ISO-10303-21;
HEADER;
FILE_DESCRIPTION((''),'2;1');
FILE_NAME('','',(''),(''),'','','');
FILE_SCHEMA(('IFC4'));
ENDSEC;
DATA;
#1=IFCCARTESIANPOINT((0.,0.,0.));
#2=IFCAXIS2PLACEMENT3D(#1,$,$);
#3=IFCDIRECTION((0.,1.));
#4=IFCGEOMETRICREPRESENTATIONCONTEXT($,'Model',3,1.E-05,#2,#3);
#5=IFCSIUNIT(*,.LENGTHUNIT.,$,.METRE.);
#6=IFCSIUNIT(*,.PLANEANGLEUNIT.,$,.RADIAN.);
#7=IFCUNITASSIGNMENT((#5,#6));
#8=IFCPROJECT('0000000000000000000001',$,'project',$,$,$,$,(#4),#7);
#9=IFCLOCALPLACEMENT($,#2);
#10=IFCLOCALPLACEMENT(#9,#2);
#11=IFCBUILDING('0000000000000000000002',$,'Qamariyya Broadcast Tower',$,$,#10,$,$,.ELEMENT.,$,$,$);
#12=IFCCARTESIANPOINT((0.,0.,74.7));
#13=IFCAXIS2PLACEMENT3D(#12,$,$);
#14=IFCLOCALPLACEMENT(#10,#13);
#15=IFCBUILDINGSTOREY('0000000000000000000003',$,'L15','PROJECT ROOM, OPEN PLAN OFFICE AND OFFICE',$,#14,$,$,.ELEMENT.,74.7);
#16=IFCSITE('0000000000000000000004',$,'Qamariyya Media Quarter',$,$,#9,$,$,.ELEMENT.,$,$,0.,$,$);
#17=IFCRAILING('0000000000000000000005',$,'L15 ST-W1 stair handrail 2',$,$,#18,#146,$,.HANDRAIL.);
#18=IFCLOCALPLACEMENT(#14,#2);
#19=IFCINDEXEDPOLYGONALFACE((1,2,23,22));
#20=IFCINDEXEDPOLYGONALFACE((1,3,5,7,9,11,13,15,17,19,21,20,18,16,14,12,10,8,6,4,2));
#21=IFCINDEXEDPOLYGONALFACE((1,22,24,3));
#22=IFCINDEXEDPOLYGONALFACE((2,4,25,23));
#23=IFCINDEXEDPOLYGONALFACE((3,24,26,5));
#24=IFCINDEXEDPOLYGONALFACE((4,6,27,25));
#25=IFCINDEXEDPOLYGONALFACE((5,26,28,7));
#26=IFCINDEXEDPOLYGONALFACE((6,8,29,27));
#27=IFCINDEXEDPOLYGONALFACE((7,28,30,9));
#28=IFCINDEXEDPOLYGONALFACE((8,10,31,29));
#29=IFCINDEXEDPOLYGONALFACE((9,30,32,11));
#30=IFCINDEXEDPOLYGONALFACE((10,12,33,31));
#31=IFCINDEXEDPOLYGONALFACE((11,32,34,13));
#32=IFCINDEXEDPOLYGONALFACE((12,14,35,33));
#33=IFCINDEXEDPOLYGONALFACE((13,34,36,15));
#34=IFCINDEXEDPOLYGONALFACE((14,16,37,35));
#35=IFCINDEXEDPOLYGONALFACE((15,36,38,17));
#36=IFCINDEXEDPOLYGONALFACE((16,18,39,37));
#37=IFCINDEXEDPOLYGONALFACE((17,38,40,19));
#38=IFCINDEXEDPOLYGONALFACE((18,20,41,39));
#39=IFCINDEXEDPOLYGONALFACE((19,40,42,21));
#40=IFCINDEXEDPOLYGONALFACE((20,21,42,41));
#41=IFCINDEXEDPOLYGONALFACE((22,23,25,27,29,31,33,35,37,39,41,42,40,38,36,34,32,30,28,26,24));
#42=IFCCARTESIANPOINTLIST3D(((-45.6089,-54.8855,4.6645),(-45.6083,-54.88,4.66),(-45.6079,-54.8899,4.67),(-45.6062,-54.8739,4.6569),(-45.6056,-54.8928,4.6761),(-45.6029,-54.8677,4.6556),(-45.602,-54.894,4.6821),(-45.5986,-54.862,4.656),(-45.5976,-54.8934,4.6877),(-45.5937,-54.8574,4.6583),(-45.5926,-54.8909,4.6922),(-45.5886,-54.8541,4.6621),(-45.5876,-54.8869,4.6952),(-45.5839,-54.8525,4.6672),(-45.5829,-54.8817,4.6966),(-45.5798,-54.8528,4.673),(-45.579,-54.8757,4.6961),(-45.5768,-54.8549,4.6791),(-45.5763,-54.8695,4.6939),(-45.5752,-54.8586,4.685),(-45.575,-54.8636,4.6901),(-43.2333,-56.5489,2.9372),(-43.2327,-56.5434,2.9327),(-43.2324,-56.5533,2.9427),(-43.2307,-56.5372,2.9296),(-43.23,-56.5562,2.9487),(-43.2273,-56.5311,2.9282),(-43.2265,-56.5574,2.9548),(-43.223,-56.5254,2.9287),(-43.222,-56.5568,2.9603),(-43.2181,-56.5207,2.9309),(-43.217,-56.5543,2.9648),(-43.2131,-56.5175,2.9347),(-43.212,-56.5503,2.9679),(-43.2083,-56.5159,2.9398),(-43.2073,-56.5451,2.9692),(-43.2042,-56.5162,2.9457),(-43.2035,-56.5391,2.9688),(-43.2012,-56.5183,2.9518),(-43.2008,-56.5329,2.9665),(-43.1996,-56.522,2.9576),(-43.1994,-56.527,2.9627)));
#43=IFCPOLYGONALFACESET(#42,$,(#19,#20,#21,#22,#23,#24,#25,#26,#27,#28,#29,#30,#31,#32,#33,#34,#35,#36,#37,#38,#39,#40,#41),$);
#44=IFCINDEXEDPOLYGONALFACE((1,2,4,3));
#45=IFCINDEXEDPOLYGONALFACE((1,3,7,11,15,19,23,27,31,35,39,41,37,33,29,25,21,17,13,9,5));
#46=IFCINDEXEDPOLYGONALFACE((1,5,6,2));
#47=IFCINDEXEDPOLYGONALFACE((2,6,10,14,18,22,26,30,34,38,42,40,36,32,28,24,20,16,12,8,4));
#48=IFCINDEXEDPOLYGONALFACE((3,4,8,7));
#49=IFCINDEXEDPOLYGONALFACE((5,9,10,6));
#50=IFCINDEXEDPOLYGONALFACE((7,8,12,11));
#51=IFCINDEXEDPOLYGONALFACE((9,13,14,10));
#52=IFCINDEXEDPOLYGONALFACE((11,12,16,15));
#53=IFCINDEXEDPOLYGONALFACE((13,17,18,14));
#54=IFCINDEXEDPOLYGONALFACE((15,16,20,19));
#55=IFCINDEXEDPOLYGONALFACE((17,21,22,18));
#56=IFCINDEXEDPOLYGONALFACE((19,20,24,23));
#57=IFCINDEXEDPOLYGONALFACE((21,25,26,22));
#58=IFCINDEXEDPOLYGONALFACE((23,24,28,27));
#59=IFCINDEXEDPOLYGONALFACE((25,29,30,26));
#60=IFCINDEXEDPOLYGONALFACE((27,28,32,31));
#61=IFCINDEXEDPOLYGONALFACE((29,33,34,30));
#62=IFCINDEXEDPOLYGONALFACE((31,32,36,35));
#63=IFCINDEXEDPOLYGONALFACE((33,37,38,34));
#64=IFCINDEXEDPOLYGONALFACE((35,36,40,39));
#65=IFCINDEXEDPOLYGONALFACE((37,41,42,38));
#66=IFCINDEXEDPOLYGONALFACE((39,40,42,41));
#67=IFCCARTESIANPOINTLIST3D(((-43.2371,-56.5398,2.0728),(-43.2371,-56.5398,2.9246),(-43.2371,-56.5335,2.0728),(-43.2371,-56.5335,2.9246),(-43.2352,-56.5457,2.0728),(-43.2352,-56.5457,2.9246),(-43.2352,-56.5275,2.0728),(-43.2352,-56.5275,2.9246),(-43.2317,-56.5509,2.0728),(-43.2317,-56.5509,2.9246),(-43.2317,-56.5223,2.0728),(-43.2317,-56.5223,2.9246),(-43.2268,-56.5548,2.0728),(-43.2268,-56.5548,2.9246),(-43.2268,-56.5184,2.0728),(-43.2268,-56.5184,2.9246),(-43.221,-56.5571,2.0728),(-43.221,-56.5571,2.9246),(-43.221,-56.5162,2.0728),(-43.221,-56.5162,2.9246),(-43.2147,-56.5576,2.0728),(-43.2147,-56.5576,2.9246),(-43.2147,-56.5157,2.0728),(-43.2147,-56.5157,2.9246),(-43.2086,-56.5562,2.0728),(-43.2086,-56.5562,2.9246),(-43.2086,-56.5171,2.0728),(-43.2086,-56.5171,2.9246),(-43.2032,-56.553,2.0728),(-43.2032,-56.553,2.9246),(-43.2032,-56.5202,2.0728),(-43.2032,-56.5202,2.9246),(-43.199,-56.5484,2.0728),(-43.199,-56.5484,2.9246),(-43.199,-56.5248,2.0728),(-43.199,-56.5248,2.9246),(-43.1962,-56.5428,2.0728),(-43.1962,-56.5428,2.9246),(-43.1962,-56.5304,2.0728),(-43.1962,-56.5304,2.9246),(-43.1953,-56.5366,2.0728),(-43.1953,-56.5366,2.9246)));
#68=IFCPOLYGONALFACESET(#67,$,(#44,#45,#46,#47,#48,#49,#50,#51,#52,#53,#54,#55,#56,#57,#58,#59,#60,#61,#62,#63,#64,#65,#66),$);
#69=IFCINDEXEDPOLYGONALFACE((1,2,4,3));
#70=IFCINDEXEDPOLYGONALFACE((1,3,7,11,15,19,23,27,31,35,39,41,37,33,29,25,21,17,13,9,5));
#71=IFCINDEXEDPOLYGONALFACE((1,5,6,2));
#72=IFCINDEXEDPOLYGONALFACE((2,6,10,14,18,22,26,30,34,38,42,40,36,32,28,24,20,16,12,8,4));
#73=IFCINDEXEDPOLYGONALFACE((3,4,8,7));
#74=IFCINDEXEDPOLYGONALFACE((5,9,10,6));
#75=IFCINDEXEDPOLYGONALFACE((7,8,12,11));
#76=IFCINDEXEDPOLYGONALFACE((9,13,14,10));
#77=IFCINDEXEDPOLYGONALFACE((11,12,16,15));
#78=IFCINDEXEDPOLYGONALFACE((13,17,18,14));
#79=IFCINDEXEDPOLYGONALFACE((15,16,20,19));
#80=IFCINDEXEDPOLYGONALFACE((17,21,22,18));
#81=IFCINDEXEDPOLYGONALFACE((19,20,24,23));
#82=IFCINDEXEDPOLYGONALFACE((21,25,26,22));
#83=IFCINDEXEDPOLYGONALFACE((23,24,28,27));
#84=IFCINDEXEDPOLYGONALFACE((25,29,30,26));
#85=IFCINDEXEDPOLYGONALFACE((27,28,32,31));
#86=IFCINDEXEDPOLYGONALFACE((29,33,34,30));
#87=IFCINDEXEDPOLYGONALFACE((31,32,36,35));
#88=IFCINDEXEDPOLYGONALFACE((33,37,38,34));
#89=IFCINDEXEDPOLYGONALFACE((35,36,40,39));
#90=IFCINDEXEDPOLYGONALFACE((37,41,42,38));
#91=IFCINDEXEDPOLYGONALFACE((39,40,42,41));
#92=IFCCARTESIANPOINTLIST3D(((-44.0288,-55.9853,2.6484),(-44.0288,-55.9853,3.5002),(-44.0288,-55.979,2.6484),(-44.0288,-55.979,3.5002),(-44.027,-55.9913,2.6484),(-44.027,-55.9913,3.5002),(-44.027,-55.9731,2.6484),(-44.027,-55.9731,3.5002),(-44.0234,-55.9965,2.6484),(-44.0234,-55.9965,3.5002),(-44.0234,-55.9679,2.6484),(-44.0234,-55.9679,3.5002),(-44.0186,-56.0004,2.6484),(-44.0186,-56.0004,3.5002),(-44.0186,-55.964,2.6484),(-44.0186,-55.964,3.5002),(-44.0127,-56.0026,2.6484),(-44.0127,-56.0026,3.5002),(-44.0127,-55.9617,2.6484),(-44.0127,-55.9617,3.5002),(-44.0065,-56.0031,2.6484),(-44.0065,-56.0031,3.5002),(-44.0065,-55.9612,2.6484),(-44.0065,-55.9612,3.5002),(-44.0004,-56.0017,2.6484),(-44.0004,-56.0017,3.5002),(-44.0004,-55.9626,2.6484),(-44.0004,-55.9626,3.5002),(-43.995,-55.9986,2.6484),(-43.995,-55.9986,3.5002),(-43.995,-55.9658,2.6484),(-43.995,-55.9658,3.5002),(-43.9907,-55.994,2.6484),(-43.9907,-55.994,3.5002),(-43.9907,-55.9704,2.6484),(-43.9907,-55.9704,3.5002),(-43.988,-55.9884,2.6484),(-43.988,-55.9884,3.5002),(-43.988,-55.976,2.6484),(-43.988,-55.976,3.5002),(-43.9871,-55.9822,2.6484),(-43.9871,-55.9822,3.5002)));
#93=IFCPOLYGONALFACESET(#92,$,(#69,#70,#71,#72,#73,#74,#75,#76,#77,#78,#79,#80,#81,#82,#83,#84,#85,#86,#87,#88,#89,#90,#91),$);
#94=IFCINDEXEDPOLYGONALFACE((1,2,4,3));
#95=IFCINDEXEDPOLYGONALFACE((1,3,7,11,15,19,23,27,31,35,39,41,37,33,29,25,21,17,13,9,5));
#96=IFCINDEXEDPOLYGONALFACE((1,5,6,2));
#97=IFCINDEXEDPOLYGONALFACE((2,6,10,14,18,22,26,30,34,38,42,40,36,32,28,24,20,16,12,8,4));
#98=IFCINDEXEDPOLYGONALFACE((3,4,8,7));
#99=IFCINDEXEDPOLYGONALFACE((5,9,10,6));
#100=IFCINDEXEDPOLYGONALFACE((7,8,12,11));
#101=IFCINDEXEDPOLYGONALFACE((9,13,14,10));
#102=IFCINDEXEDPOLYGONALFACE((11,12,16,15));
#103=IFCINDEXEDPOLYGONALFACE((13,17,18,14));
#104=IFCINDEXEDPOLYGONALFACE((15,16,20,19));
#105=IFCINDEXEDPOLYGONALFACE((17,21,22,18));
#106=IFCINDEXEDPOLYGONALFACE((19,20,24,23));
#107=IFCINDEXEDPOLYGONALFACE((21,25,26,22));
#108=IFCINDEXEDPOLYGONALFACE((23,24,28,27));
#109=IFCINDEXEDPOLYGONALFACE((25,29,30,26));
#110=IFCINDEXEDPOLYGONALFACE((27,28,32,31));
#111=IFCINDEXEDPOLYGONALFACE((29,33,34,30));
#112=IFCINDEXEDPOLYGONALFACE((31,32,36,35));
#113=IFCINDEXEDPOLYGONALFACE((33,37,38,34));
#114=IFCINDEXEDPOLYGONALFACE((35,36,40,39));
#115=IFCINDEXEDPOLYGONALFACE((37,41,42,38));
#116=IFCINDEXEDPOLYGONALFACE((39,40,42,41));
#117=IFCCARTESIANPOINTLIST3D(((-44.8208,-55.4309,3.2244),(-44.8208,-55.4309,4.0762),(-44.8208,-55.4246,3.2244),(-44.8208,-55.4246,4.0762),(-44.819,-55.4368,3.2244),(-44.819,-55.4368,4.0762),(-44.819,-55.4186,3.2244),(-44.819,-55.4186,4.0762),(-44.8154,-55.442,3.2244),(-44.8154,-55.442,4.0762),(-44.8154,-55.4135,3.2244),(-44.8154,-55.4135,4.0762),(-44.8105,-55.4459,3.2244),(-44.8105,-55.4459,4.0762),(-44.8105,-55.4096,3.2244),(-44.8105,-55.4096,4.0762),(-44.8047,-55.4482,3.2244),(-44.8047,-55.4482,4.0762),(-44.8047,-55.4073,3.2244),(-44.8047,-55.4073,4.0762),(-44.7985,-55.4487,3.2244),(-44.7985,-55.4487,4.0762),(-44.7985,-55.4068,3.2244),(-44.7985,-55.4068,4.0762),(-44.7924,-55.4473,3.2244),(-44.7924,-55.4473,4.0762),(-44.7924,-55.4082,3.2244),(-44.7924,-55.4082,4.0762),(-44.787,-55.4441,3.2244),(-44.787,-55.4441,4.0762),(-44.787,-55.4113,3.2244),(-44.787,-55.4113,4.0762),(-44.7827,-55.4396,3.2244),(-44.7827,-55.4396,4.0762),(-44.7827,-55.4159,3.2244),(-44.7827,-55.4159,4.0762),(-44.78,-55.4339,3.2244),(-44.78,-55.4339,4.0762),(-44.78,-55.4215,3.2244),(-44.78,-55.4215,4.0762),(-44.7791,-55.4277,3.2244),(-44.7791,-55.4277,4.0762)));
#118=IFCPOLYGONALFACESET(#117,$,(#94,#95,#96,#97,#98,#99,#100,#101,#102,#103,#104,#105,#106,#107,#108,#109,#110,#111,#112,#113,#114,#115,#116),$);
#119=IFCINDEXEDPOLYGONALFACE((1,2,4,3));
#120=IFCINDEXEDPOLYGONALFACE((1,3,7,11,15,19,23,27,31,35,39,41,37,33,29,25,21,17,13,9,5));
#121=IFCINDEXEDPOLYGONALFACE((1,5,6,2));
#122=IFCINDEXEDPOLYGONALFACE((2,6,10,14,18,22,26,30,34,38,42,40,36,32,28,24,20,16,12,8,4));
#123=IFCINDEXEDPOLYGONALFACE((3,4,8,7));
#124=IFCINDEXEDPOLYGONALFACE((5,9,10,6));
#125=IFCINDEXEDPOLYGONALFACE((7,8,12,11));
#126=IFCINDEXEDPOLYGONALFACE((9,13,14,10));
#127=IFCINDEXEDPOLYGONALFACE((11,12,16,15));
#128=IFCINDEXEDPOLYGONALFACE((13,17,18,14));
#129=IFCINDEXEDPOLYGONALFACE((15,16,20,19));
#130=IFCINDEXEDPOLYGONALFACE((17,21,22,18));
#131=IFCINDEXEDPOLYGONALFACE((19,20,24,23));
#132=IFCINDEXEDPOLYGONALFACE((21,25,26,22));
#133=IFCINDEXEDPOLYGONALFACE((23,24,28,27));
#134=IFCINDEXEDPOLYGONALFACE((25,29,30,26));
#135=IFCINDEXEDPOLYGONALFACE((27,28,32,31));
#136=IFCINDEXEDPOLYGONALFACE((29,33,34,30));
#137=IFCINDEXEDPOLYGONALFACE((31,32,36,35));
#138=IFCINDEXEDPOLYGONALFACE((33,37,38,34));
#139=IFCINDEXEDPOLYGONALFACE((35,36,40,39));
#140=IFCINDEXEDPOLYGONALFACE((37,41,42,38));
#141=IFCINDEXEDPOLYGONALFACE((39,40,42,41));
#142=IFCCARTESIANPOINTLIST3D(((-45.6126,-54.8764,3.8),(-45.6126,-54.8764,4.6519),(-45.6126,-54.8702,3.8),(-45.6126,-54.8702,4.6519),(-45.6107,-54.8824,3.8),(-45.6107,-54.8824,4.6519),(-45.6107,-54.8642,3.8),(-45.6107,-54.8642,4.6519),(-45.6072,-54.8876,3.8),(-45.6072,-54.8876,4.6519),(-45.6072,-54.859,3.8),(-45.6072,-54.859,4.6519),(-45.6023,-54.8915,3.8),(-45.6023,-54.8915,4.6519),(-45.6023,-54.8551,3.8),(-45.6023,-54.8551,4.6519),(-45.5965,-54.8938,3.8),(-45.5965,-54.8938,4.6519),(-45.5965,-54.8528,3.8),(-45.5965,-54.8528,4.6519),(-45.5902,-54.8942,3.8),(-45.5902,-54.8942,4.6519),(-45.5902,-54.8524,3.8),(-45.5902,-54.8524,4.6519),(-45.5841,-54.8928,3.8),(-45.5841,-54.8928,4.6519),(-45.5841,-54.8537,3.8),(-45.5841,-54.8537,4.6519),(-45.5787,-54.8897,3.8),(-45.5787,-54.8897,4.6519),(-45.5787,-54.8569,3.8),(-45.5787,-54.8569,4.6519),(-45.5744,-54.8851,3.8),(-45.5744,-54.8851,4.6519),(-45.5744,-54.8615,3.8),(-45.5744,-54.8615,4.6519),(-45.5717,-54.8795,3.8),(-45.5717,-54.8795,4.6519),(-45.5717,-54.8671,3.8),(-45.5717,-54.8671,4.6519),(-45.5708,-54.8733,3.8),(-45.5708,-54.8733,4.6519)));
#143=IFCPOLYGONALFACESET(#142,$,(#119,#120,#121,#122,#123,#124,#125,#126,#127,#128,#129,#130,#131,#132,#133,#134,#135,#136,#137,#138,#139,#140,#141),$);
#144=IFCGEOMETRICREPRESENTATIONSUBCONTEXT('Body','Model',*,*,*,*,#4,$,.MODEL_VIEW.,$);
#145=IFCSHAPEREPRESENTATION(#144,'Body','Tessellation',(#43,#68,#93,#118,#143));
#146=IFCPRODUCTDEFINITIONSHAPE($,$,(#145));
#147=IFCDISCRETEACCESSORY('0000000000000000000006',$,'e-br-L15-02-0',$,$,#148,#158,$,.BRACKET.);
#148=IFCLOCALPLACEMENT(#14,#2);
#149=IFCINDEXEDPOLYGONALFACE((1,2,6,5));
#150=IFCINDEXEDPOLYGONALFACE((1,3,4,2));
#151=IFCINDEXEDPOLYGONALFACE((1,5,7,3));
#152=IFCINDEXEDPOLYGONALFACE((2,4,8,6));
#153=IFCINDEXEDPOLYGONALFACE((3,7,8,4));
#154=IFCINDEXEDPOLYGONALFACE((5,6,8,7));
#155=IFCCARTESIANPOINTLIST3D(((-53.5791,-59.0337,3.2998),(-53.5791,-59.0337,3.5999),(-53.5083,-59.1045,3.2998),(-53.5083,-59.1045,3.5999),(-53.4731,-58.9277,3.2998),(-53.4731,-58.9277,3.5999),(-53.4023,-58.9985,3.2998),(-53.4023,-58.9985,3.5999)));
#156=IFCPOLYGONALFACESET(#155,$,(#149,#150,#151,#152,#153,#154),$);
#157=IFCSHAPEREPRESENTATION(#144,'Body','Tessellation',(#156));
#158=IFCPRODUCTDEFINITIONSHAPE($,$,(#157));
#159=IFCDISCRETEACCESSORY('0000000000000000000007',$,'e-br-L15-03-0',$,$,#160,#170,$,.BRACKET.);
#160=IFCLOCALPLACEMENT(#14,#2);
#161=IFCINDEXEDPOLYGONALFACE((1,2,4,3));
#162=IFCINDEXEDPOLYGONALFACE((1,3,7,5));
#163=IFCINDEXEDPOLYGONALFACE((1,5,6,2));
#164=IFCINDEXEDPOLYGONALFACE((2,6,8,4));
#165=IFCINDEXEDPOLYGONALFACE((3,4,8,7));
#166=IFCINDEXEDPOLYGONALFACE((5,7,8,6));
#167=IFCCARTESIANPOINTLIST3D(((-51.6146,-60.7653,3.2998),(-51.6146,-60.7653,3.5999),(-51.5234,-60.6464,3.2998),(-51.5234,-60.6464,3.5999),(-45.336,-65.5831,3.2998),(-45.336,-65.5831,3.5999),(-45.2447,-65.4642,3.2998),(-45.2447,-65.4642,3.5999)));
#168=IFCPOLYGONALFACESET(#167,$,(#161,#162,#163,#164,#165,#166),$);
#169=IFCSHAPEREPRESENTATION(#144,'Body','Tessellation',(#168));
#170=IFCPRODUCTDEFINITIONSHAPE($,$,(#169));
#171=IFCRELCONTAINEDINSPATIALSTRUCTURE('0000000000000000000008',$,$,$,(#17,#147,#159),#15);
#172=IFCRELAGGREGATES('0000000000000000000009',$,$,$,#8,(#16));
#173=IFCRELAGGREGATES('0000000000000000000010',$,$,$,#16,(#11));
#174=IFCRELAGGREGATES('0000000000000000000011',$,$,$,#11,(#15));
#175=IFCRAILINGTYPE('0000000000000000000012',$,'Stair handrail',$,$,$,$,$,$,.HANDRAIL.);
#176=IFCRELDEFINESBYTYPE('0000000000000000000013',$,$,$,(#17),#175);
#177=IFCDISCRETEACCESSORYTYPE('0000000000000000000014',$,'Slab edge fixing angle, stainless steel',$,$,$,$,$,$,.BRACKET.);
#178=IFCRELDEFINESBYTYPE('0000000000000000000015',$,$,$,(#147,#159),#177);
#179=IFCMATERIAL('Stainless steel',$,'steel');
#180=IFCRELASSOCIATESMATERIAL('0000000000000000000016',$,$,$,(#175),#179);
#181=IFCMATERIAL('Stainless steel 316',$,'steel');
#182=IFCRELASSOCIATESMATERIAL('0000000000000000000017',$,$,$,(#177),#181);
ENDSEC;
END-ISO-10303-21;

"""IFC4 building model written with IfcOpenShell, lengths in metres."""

from ifc_helpers import new_model, si_unit, direction, frame, origin, origin_2d, place, context, subcontext, project, spatial, rectangle, circle, extrude, material, type_object, element, save


model = new_model("IFC4")

# Units and contexts
model_context = context("Model", 3, precision=1e-05, world=origin(), true_north=direction((0.0, 1.0)))
body_context = subcontext(model_context, "Body", "Model", "MODEL_VIEW")
ifc_project = project(units=[si_unit("LENGTHUNIT", "METRE"), si_unit("PLANEANGLEUNIT", "RADIAN")], contexts=[model_context])

# Site, building, storey
site_placement = place(None, origin())
site = spatial("IfcSite", under=ifc_project, at=site_placement, Name="Qamariyya Media Quarter", CompositionType="ELEMENT", RefElevation=0.0)
building_placement = place(site_placement, origin())
building = spatial("IfcBuilding", under=site, at=building_placement, Name="Qamariyya Broadcast Tower", CompositionType="ELEMENT")
storey_placement = place(building_placement, frame((0.0, 0.0, 74.7)))
storey = spatial("IfcBuildingStorey", under=building, at=storey_placement, Name="L15", Description="PROJECT ROOM, OPEN PLAN OFFICE AND OFFICE", CompositionType="ELEMENT", Elevation=74.7)

# Railing
ifc_material_1 = material(Name="Stainless steel", Category="steel")
railing_type_1 = type_object("IfcRailingType", Name="Stair handrail", PredefinedType="HANDRAIL", material=ifc_material_1)
railing_1_placement = place(storey_placement, frame((-43.2163, -56.5366, 2.0728)))
element("IfcRailing", 1, at=railing_1_placement, inside=storey, type_object=railing_type_1, Name="L15 ST-W1 stair handrail 2", PredefinedType="HANDRAIL", context=body_context, shape_type="SweptSolid", body=[
    extrude(circle(Radius=0.0239, at=origin_2d()), frame((0.0, 0.0, 0.876), z_axis=(-0.70377, 0.492784, 0.511734), x_axis=(-0.573575, -0.819153, 0.0)), (0.0, 0.0, 1.0), 3.3755),
    extrude(circle(Radius=0.021, at=origin_2d()), origin(), (0.0, 0.0, 1.0), 0.8518),
    extrude(circle(Radius=0.021, at=origin_2d()), frame((-0.7917, 0.5544, 0.5757)), (0.0, 0.0, 1.0), 0.8518),
    extrude(circle(Radius=0.021, at=origin_2d()), frame((-1.5837, 1.1089, 1.1516)), (0.0, 0.0, 1.0), 0.8518),
    extrude(circle(Radius=0.021, at=origin_2d()), frame((-2.3755, 1.6633, 1.7273)), (0.0, 0.0, 1.0), 0.8518),
])

# Discrete accessories
ifc_material_2 = material(Name="Stainless steel 316", Category="steel")
discrete_accessory_type = type_object("IfcDiscreteAccessoryType", Name="Slab edge fixing angle, stainless steel", PredefinedType="BRACKET", material=ifc_material_2)
discrete_accessory_1_placement = place(storey_placement, frame((-53.4907, -59.0161, 3.2998), z_axis=(0.0, 0.0, 1.0), x_axis=(0.707107, -0.707107, 0.0)))
element("IfcDiscreteAccessory", 2, at=discrete_accessory_1_placement, inside=storey, type_object=discrete_accessory_type, Name="e-br-L15-02-0", PredefinedType="BRACKET", context=body_context, shape_type="SweptSolid", body=[
    extrude(rectangle(XDim=0.1001, YDim=0.1499, at=origin_2d()), origin(), (0.0, 0.0, 1.0), 0.3),
])
discrete_accessory_2_placement = place(storey_placement, frame((-48.4297, -63.1147, 3.2998), z_axis=(0.0, 0.0, 1.0), x_axis=(0.793353, -0.608761, 0.0)))
element("IfcDiscreteAccessory", 3, at=discrete_accessory_2_placement, inside=storey, type_object=discrete_accessory_type, Name="e-br-L15-03-0", PredefinedType="BRACKET", context=body_context, shape_type="SweptSolid", body=[
    extrude(rectangle(XDim=7.9141, YDim=0.1499, at=origin_2d()), origin(), (0.0, 0.0, 1.0), 0.3),
])

save(model, "model.ifc")
